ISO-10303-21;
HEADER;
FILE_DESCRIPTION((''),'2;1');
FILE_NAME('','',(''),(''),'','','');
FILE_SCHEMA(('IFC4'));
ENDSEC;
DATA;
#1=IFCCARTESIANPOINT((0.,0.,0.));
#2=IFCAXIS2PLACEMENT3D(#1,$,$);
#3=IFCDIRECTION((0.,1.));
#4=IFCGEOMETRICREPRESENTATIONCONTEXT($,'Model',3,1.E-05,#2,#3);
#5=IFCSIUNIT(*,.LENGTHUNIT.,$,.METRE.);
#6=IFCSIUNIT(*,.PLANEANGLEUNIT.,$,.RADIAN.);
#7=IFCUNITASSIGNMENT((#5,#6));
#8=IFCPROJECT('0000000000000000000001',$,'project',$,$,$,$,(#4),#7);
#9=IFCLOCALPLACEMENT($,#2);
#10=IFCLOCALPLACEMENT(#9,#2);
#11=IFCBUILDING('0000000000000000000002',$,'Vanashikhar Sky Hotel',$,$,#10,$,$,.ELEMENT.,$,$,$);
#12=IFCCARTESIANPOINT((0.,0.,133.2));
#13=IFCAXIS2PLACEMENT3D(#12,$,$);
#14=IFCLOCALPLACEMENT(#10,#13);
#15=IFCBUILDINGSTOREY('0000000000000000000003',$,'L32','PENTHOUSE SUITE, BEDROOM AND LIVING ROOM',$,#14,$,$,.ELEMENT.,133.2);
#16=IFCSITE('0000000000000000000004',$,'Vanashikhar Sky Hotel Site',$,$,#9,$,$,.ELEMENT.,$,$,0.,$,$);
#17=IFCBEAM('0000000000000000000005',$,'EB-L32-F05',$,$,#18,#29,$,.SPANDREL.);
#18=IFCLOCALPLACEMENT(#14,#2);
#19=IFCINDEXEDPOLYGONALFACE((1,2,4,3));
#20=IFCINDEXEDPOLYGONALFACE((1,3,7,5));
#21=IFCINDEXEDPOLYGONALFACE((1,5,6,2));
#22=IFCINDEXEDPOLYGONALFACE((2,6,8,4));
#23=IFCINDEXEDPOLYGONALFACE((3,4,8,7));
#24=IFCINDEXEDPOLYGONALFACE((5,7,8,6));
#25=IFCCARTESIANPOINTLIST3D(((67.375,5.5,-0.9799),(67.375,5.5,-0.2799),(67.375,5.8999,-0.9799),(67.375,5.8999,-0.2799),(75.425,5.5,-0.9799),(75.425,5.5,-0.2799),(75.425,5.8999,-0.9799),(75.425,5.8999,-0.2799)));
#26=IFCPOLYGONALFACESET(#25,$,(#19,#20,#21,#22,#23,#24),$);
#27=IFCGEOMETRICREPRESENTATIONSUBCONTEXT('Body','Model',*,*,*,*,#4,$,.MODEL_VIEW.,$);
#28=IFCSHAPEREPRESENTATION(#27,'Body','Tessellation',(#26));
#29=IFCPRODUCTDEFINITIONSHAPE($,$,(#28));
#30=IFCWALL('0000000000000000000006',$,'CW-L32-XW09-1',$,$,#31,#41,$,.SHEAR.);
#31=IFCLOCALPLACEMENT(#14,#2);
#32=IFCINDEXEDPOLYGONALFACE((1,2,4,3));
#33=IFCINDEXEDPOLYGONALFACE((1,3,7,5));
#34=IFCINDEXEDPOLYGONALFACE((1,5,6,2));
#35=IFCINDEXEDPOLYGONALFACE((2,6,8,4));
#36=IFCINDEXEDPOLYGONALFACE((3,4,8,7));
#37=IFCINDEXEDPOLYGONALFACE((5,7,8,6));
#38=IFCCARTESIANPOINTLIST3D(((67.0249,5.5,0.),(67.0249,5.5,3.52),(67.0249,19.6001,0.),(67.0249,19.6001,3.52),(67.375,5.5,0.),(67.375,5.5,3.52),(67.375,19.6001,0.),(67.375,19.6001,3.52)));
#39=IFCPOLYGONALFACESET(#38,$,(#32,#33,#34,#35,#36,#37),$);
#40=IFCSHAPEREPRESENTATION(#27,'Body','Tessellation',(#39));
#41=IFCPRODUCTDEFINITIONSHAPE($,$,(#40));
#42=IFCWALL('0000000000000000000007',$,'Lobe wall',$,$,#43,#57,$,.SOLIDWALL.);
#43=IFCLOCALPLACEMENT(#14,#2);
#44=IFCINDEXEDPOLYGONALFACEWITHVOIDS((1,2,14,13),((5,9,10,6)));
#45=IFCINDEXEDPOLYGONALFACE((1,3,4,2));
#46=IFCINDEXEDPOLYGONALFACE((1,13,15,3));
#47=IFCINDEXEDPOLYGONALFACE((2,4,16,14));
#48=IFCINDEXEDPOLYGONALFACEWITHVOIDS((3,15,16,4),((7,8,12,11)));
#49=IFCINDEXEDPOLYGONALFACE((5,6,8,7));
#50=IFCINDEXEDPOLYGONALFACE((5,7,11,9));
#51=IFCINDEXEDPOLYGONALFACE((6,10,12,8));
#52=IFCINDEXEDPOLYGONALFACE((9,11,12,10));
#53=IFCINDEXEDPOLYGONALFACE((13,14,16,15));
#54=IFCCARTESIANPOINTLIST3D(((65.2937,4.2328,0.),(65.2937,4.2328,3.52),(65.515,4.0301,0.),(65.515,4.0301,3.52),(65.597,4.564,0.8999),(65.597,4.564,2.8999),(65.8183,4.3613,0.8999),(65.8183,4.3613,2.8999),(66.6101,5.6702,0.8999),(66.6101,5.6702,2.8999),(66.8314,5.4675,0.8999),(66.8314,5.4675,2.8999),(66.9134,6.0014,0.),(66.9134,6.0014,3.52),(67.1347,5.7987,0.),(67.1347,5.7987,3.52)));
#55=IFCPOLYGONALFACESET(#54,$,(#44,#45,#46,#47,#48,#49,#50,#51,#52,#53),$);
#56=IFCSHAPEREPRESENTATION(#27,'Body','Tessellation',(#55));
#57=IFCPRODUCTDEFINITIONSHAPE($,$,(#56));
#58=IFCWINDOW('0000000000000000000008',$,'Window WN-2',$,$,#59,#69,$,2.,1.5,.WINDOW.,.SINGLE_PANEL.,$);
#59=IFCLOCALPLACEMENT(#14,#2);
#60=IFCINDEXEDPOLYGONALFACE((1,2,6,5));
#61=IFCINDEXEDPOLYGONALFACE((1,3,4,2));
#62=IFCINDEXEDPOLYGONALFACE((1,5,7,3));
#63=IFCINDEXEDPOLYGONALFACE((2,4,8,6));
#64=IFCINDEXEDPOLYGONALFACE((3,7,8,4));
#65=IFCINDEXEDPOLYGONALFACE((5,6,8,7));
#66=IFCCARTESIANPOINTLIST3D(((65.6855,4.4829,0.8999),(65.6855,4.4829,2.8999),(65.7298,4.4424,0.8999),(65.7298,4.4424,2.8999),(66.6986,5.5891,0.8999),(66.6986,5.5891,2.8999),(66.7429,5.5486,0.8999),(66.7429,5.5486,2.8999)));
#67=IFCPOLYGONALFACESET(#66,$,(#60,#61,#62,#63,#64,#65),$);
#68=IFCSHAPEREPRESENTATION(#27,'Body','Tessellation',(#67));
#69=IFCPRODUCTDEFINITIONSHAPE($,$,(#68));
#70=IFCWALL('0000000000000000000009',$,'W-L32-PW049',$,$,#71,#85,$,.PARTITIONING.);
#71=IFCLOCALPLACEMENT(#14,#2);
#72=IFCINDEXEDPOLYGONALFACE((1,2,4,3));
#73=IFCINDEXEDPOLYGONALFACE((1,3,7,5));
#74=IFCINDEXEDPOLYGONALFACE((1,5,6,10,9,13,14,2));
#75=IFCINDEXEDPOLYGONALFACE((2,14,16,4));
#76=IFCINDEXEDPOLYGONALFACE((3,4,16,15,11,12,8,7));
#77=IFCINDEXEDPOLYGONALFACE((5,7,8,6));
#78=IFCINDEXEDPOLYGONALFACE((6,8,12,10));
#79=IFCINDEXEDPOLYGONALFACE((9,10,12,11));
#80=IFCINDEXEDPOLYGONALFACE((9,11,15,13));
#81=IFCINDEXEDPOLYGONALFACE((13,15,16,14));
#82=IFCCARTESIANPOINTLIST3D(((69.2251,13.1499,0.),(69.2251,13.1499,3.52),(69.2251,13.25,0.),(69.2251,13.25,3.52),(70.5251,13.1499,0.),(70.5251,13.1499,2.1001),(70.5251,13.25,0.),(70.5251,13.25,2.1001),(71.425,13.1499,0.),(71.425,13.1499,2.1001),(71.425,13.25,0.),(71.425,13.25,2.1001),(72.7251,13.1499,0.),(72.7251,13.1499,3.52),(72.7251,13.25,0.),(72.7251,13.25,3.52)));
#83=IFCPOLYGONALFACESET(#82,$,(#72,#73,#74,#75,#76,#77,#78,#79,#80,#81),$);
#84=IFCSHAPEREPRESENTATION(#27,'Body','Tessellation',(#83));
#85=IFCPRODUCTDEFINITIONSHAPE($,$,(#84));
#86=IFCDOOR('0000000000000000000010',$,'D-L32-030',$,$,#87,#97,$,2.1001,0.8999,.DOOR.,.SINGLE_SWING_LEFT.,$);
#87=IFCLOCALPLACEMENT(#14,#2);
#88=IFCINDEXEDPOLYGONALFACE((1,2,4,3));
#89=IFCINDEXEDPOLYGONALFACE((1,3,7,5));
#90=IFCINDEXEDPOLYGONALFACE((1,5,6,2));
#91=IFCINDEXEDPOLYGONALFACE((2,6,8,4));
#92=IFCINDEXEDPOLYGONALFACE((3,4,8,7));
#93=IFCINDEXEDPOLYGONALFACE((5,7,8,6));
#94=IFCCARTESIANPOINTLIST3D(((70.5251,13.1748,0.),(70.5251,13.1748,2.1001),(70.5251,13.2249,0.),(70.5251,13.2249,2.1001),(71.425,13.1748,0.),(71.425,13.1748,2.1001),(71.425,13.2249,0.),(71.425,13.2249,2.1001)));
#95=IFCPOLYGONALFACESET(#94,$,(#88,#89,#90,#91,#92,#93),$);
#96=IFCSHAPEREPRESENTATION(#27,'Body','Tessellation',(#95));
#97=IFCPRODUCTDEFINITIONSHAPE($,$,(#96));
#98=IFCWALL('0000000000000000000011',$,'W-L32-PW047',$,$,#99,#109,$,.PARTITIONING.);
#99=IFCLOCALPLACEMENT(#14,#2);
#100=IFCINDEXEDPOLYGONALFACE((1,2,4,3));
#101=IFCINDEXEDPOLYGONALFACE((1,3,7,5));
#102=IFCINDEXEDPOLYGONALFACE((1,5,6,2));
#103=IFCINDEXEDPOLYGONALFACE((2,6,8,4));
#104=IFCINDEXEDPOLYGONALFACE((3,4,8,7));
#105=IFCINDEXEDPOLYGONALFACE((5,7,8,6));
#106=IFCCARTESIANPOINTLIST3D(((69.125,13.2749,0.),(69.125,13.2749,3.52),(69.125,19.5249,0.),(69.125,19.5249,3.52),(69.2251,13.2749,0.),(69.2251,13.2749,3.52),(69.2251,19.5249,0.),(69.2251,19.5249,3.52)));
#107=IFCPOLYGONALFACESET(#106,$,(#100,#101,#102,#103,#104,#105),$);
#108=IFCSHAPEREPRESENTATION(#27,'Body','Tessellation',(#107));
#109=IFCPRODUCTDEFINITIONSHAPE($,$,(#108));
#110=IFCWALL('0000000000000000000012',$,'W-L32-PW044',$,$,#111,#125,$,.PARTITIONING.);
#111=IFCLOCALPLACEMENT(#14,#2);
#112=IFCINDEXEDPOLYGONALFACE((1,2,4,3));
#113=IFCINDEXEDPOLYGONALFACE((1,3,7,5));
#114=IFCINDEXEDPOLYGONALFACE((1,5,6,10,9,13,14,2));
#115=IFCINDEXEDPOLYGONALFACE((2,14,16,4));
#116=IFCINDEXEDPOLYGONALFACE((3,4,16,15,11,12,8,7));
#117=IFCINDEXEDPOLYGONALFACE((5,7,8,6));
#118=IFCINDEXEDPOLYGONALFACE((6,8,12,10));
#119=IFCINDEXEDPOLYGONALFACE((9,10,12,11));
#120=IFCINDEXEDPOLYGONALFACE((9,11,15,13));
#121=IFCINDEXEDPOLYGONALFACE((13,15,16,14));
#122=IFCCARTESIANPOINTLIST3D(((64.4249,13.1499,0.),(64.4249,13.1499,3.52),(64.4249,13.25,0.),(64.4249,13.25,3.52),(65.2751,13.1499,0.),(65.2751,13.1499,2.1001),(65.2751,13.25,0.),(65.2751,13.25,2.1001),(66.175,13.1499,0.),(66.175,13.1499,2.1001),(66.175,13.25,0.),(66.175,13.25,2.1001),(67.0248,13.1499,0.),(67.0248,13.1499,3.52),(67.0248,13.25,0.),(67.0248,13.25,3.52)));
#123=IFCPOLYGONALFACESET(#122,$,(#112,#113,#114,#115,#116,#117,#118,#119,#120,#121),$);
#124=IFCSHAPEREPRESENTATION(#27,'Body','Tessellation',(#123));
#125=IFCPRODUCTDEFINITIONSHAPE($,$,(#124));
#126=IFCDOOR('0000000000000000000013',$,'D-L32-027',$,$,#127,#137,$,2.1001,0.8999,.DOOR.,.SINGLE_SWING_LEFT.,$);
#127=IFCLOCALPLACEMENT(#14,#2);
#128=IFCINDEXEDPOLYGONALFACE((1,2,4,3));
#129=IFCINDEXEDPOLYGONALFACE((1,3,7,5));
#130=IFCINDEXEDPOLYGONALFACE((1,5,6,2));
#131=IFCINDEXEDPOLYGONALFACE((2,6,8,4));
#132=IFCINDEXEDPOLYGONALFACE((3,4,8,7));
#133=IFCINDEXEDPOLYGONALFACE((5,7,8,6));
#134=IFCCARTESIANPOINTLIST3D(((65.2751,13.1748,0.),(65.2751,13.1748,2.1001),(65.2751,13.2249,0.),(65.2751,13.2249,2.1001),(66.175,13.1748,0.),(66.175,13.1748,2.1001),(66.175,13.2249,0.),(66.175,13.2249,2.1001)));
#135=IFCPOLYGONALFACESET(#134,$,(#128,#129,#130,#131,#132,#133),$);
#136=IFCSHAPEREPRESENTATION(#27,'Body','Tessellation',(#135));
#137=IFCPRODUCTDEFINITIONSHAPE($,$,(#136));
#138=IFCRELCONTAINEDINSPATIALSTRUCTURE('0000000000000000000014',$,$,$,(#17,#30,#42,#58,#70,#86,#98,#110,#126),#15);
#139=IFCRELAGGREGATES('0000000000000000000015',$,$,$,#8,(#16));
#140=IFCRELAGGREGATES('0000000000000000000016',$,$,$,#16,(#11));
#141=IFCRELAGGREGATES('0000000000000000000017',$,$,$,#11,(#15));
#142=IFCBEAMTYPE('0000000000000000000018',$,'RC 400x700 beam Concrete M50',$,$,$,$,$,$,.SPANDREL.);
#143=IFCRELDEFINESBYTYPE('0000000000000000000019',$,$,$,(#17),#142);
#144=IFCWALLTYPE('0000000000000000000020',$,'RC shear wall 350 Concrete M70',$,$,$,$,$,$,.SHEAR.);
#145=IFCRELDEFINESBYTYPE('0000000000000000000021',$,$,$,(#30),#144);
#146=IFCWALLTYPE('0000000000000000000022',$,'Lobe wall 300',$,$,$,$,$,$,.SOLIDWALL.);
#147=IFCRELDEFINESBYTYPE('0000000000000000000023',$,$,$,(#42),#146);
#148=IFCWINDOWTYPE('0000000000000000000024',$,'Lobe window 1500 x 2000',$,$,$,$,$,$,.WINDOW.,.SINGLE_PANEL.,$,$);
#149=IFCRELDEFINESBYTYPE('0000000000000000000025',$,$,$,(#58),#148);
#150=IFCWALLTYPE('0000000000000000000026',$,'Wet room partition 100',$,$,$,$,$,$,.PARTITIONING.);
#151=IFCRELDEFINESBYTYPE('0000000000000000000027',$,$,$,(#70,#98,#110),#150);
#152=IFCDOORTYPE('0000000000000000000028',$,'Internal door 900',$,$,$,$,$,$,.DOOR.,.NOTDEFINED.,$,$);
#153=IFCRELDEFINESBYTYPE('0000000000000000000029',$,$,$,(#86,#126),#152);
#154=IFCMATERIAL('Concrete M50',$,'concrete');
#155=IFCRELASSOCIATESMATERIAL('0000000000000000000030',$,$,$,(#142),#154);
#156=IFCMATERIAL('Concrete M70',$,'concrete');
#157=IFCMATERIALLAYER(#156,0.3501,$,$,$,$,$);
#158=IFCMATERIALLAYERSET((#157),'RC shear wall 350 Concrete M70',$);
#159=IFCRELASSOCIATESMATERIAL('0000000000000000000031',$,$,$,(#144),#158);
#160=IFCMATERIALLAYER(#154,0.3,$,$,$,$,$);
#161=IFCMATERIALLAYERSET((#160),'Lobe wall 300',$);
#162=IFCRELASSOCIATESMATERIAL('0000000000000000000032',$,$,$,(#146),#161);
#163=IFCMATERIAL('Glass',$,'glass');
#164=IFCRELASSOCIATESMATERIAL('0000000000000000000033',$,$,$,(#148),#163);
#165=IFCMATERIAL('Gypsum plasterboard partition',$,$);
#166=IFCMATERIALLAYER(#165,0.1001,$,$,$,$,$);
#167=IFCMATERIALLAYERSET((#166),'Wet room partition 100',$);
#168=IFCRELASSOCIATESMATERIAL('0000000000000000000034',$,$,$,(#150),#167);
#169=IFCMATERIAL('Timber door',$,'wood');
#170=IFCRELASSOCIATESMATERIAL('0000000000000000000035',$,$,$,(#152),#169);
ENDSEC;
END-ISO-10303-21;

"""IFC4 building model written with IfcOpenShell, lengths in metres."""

from ifc_helpers import new_model, si_unit, direction, frame, frame_2d, origin, origin_2d, place, context, subcontext, project, spatial, rectangle, extrude, source, transform, mapped, material, layer, layer_set, material_profile, profile_set, type_object, element, fill, save


model = new_model("IFC4")

# Units and contexts
model_context = context("Model", 3, precision=1e-05, world=origin(), true_north=direction((0.0, 1.0)))
body_context = subcontext(model_context, "Body", "Model", "MODEL_VIEW")
ifc_project = project(units=[si_unit("LENGTHUNIT", "METRE"), si_unit("PLANEANGLEUNIT", "RADIAN")], contexts=[model_context])

# Site, building, storey
site_placement = place(None, origin())
site = spatial("IfcSite", under=ifc_project, at=site_placement, Name="Vanashikhar Sky Hotel Site", CompositionType="ELEMENT", RefElevation=0.0)
building_placement = place(site_placement, origin())
building = spatial("IfcBuilding", under=site, at=building_placement, Name="Vanashikhar Sky Hotel", CompositionType="ELEMENT")
storey_placement = place(building_placement, frame((0.0, 0.0, 133.2)))
storey = spatial("IfcBuildingStorey", under=building, at=storey_placement, Name="L32", Description="PENTHOUSE SUITE, BEDROOM AND LIVING ROOM", CompositionType="ELEMENT", Elevation=133.2)

# Beam
ifc_material_1 = material(Name="Concrete M50", Category="concrete")
ifc_material_profile_1 = material_profile(ifc_material_1, rectangle(XDim=0.3999, YDim=0.7, at=origin_2d()))
ifc_profile_set_1 = profile_set([ifc_material_profile_1], Name="RC 400x700 beam Concrete M50")
beam_type = type_object("IfcBeamType", Name="RC 400x700 beam Concrete M50", PredefinedType="SPANDREL", material=ifc_profile_set_1)
shared_shape_1 = source(origin(), body_context, "Body", "SweptSolid", [
    extrude(rectangle(XDim=0.3999, YDim=0.7, at=origin_2d()), origin(), (0.0, 0.0, 1.0), 8.05),
])
beam_placement = place(storey_placement, frame((67.375, 5.7, -0.6299), z_axis=(1.0, 0.0, 0.0), x_axis=(0.0, 1.0, 0.0)))
element("IfcBeam", 1, at=beam_placement, inside=storey, type_object=beam_type, Name="EB-L32-F05", PredefinedType="SPANDREL", context=body_context, shape_type="MappedRepresentation", body=[
    mapped(shared_shape_1, transform((0.0, 0.0, 0.0), scale=1.0)),
])

# Wall
ifc_material_2 = material(Name="Concrete M70", Category="concrete")
ifc_layer_1 = layer(ifc_material_2, 0.3501)
ifc_layer_set_1 = layer_set([ifc_layer_1], Name="RC shear wall 350 Concrete M70")
wall_type_1 = type_object("IfcWallType", Name="RC shear wall 350 Concrete M70", PredefinedType="SHEAR", material=ifc_layer_set_1)
shared_shape_2 = source(origin(), body_context, "Body", "SweptSolid", [
    extrude(rectangle(XDim=14.1001, YDim=0.3501, at=frame_2d((7.05, 0.0))), origin(), (0.0, 0.0, 1.0), 3.52),
])
wall_1_placement = place(storey_placement, frame((67.2, 5.5, 0.0), z_axis=(0.0, 0.0, 1.0), x_axis=(0.0, 1.0, 0.0)))
element("IfcWall", 2, at=wall_1_placement, inside=storey, type_object=wall_type_1, Name="CW-L32-XW09-1", PredefinedType="SHEAR", context=body_context, shape_type="MappedRepresentation", body=[
    mapped(shared_shape_2, transform((0.0, 0.0, 0.0), scale=1.0)),
])

# Wall, opening, window
ifc_layer_2 = layer(ifc_material_1, 0.3)
ifc_layer_set_2 = layer_set([ifc_layer_2], Name="Lobe wall 300")
wall_type_2 = type_object("IfcWallType", Name="Lobe wall 300", PredefinedType="SOLIDWALL", material=ifc_layer_set_2)
shared_shape_3 = source(origin(), body_context, "Body", "SweptSolid", [
    extrude(rectangle(XDim=2.3982, YDim=0.3, at=frame_2d((1.1992, 0.0))), origin(), (0.0, 0.0, 1.0), 3.52),
])
wall_2_placement = place(storey_placement, frame((65.4043, 4.1313, 0.0), z_axis=(0.0, 0.0, 1.0), x_axis=(0.675374, 0.737475, 0.0)))
wall_2 = element("IfcWall", 3, at=wall_2_placement, inside=storey, type_object=wall_type_2, Name="Lobe wall", PredefinedType="SOLIDWALL", context=body_context, shape_type="MappedRepresentation", body=[
    mapped(shared_shape_3, transform((0.0, 0.0, 0.0), scale=1.0)),
])
shared_shape_4 = source(origin(), body_context, "Body", "SweptSolid", [
    extrude(rectangle(XDim=1.5, YDim=2.0, at=frame_2d((0.75, 1.0))), frame((0.0, 0.1602, 0.0), z_axis=(0.0, -1.0, 0.0), x_axis=(1.0, 0.0, 0.0)), (0.0, 0.0, 1.0), 0.3201),
])
opening_1_placement = place(wall_2_placement, frame((0.4492, 0.0, 0.8999)))
opening_1 = element("IfcOpeningElement", 4, at=opening_1_placement, cuts=wall_2, PredefinedType="OPENING", context=body_context, shape_type="MappedRepresentation", body=[
    mapped(shared_shape_4, transform((0.0, 0.0, 0.0), scale=1.0)),
])
ifc_material_3 = material(Name="Glass", Category="glass")
window_type_1 = type_object("IfcWindowType", Name="Lobe window 1500 x 2000", PartitioningType="SINGLE_PANEL", PredefinedType="WINDOW", material=ifc_material_3)
shared_shape_5 = source(origin(), body_context, "Body", "SweptSolid", [
    extrude(rectangle(XDim=1.5, YDim=2.0, at=frame_2d((0.75, 1.0))), frame((0.0, 0.03, 0.0), z_axis=(0.0, -1.0, 0.0), x_axis=(1.0, 0.0, 0.0)), (0.0, 0.0, 1.0), 0.0601),
])
window_1_placement = place(opening_1_placement, origin())
window_1 = element("IfcWindow", 5, at=window_1_placement, inside=storey, type_object=window_type_1, Name="Window WN-2", OverallHeight=2.0, OverallWidth=1.5, PartitioningType="SINGLE_PANEL", PredefinedType="WINDOW", context=body_context, shape_type="MappedRepresentation", body=[
    mapped(shared_shape_5, transform((0.0, 0.0, 0.0), scale=1.0)),
])
fill(opening_1, window_1)

# Wall, opening, door
ifc_material_4 = material(Name="Gypsum plasterboard partition")
ifc_layer_3 = layer(ifc_material_4, 0.1001)
ifc_layer_set_3 = layer_set([ifc_layer_3], Name="Wet room partition 100")
wall_type_3 = type_object("IfcWallType", Name="Wet room partition 100", PredefinedType="PARTITIONING", material=ifc_layer_set_3)
shared_shape_6 = source(origin(), body_context, "Body", "SweptSolid", [
    extrude(rectangle(XDim=3.5, YDim=0.1001, at=frame_2d((1.75, 0.0))), origin(), (0.0, 0.0, 1.0), 3.52),
])
wall_3_placement = place(storey_placement, frame((69.2251, 13.2, 0.0), z_axis=(0.0, 0.0, 1.0), x_axis=(1.0, 0.0, 0.0)))
wall_3 = element("IfcWall", 6, at=wall_3_placement, inside=storey, type_object=wall_type_3, Name="W-L32-PW049", PredefinedType="PARTITIONING", context=body_context, shape_type="MappedRepresentation", body=[
    mapped(shared_shape_6, transform((0.0, 0.0, 0.0), scale=1.0)),
])
shared_shape_7 = source(origin(), body_context, "Body", "SweptSolid", [
    extrude(rectangle(XDim=0.8999, YDim=2.1001, at=frame_2d((0.45, 1.05))), frame((0.0, 0.0601, 0.0), z_axis=(0.0, -1.0, 0.0), x_axis=(1.0, 0.0, 0.0)), (0.0, 0.0, 1.0), 0.1201),
])
opening_2_placement = place(wall_3_placement, frame((1.3, 0.0, 0.0)))
opening_2 = element("IfcOpeningElement", 7, at=opening_2_placement, cuts=wall_3, PredefinedType="OPENING", context=body_context, shape_type="MappedRepresentation", body=[
    mapped(shared_shape_7, transform((0.0, 0.0, 0.0), scale=1.0)),
])
ifc_material_5 = material(Name="Timber door", Category="wood")
door_type_1 = type_object("IfcDoorType", Name="Internal door 900", OperationType="NOTDEFINED", PredefinedType="DOOR", material=ifc_material_5)
shared_shape_8 = source(origin(), body_context, "Body", "SweptSolid", [
    extrude(rectangle(XDim=0.8999, YDim=2.1001, at=frame_2d((0.45, 1.05))), frame((0.0, 0.0249, 0.0), z_axis=(0.0, -1.0, 0.0), x_axis=(1.0, 0.0, 0.0)), (0.0, 0.0, 1.0), 0.05),
])
door_1_placement = place(opening_2_placement, origin())
door_1 = element("IfcDoor", 8, at=door_1_placement, inside=storey, type_object=door_type_1, Name="D-L32-030", OperationType="SINGLE_SWING_LEFT", OverallHeight=2.1001, OverallWidth=0.8999, PredefinedType="DOOR", context=body_context, shape_type="MappedRepresentation", body=[
    mapped(shared_shape_8, transform((0.0, 0.0, 0.0), scale=1.0)),
])
fill(opening_2, door_1)

# Wall
shared_shape_9 = source(origin(), body_context, "Body", "SweptSolid", [
    extrude(rectangle(XDim=6.25, YDim=0.1001, at=frame_2d((3.125, 0.0))), origin(), (0.0, 0.0, 1.0), 3.52),
])
wall_4_placement = place(storey_placement, frame((69.175, 13.2749, 0.0), z_axis=(0.0, 0.0, 1.0), x_axis=(0.0, 1.0, 0.0)))
element("IfcWall", 9, at=wall_4_placement, inside=storey, type_object=wall_type_3, Name="W-L32-PW047", PredefinedType="PARTITIONING", context=body_context, shape_type="MappedRepresentation", body=[
    mapped(shared_shape_9, transform((0.0, 0.0, 0.0), scale=1.0)),
])

# Wall, opening, door
shared_shape_10 = source(origin(), body_context, "Body", "SweptSolid", [
    extrude(rectangle(XDim=2.5999, YDim=0.1001, at=frame_2d((1.2998, 0.0))), origin(), (0.0, 0.0, 1.0), 3.52),
])
wall_5_placement = place(storey_placement, frame((64.425, 13.2, 0.0), z_axis=(0.0, 0.0, 1.0), x_axis=(1.0, 0.0, 0.0)))
wall_5 = element("IfcWall", 10, at=wall_5_placement, inside=storey, type_object=wall_type_3, Name="W-L32-PW044", PredefinedType="PARTITIONING", context=body_context, shape_type="MappedRepresentation", body=[
    mapped(shared_shape_10, transform((0.0, 0.0, 0.0), scale=1.0)),
])
opening_3_placement = place(wall_5_placement, frame((0.8501, 0.0, 0.0)))
opening_3 = element("IfcOpeningElement", 11, at=opening_3_placement, cuts=wall_5, PredefinedType="OPENING", context=body_context, shape_type="MappedRepresentation", body=[
    mapped(shared_shape_7, transform((0.0, 0.0, 0.0), scale=1.0)),
])
door_2_placement = place(opening_3_placement, origin())
door_2 = element("IfcDoor", 12, at=door_2_placement, inside=storey, type_object=door_type_1, Name="D-L32-027", OperationType="SINGLE_SWING_LEFT", OverallHeight=2.1001, OverallWidth=0.8999, PredefinedType="DOOR", context=body_context, shape_type="MappedRepresentation", body=[
    mapped(shared_shape_8, transform((0.0, 0.0, 0.0), scale=1.0)),
])
fill(opening_3, door_2)

save(model, "model.ifc")
